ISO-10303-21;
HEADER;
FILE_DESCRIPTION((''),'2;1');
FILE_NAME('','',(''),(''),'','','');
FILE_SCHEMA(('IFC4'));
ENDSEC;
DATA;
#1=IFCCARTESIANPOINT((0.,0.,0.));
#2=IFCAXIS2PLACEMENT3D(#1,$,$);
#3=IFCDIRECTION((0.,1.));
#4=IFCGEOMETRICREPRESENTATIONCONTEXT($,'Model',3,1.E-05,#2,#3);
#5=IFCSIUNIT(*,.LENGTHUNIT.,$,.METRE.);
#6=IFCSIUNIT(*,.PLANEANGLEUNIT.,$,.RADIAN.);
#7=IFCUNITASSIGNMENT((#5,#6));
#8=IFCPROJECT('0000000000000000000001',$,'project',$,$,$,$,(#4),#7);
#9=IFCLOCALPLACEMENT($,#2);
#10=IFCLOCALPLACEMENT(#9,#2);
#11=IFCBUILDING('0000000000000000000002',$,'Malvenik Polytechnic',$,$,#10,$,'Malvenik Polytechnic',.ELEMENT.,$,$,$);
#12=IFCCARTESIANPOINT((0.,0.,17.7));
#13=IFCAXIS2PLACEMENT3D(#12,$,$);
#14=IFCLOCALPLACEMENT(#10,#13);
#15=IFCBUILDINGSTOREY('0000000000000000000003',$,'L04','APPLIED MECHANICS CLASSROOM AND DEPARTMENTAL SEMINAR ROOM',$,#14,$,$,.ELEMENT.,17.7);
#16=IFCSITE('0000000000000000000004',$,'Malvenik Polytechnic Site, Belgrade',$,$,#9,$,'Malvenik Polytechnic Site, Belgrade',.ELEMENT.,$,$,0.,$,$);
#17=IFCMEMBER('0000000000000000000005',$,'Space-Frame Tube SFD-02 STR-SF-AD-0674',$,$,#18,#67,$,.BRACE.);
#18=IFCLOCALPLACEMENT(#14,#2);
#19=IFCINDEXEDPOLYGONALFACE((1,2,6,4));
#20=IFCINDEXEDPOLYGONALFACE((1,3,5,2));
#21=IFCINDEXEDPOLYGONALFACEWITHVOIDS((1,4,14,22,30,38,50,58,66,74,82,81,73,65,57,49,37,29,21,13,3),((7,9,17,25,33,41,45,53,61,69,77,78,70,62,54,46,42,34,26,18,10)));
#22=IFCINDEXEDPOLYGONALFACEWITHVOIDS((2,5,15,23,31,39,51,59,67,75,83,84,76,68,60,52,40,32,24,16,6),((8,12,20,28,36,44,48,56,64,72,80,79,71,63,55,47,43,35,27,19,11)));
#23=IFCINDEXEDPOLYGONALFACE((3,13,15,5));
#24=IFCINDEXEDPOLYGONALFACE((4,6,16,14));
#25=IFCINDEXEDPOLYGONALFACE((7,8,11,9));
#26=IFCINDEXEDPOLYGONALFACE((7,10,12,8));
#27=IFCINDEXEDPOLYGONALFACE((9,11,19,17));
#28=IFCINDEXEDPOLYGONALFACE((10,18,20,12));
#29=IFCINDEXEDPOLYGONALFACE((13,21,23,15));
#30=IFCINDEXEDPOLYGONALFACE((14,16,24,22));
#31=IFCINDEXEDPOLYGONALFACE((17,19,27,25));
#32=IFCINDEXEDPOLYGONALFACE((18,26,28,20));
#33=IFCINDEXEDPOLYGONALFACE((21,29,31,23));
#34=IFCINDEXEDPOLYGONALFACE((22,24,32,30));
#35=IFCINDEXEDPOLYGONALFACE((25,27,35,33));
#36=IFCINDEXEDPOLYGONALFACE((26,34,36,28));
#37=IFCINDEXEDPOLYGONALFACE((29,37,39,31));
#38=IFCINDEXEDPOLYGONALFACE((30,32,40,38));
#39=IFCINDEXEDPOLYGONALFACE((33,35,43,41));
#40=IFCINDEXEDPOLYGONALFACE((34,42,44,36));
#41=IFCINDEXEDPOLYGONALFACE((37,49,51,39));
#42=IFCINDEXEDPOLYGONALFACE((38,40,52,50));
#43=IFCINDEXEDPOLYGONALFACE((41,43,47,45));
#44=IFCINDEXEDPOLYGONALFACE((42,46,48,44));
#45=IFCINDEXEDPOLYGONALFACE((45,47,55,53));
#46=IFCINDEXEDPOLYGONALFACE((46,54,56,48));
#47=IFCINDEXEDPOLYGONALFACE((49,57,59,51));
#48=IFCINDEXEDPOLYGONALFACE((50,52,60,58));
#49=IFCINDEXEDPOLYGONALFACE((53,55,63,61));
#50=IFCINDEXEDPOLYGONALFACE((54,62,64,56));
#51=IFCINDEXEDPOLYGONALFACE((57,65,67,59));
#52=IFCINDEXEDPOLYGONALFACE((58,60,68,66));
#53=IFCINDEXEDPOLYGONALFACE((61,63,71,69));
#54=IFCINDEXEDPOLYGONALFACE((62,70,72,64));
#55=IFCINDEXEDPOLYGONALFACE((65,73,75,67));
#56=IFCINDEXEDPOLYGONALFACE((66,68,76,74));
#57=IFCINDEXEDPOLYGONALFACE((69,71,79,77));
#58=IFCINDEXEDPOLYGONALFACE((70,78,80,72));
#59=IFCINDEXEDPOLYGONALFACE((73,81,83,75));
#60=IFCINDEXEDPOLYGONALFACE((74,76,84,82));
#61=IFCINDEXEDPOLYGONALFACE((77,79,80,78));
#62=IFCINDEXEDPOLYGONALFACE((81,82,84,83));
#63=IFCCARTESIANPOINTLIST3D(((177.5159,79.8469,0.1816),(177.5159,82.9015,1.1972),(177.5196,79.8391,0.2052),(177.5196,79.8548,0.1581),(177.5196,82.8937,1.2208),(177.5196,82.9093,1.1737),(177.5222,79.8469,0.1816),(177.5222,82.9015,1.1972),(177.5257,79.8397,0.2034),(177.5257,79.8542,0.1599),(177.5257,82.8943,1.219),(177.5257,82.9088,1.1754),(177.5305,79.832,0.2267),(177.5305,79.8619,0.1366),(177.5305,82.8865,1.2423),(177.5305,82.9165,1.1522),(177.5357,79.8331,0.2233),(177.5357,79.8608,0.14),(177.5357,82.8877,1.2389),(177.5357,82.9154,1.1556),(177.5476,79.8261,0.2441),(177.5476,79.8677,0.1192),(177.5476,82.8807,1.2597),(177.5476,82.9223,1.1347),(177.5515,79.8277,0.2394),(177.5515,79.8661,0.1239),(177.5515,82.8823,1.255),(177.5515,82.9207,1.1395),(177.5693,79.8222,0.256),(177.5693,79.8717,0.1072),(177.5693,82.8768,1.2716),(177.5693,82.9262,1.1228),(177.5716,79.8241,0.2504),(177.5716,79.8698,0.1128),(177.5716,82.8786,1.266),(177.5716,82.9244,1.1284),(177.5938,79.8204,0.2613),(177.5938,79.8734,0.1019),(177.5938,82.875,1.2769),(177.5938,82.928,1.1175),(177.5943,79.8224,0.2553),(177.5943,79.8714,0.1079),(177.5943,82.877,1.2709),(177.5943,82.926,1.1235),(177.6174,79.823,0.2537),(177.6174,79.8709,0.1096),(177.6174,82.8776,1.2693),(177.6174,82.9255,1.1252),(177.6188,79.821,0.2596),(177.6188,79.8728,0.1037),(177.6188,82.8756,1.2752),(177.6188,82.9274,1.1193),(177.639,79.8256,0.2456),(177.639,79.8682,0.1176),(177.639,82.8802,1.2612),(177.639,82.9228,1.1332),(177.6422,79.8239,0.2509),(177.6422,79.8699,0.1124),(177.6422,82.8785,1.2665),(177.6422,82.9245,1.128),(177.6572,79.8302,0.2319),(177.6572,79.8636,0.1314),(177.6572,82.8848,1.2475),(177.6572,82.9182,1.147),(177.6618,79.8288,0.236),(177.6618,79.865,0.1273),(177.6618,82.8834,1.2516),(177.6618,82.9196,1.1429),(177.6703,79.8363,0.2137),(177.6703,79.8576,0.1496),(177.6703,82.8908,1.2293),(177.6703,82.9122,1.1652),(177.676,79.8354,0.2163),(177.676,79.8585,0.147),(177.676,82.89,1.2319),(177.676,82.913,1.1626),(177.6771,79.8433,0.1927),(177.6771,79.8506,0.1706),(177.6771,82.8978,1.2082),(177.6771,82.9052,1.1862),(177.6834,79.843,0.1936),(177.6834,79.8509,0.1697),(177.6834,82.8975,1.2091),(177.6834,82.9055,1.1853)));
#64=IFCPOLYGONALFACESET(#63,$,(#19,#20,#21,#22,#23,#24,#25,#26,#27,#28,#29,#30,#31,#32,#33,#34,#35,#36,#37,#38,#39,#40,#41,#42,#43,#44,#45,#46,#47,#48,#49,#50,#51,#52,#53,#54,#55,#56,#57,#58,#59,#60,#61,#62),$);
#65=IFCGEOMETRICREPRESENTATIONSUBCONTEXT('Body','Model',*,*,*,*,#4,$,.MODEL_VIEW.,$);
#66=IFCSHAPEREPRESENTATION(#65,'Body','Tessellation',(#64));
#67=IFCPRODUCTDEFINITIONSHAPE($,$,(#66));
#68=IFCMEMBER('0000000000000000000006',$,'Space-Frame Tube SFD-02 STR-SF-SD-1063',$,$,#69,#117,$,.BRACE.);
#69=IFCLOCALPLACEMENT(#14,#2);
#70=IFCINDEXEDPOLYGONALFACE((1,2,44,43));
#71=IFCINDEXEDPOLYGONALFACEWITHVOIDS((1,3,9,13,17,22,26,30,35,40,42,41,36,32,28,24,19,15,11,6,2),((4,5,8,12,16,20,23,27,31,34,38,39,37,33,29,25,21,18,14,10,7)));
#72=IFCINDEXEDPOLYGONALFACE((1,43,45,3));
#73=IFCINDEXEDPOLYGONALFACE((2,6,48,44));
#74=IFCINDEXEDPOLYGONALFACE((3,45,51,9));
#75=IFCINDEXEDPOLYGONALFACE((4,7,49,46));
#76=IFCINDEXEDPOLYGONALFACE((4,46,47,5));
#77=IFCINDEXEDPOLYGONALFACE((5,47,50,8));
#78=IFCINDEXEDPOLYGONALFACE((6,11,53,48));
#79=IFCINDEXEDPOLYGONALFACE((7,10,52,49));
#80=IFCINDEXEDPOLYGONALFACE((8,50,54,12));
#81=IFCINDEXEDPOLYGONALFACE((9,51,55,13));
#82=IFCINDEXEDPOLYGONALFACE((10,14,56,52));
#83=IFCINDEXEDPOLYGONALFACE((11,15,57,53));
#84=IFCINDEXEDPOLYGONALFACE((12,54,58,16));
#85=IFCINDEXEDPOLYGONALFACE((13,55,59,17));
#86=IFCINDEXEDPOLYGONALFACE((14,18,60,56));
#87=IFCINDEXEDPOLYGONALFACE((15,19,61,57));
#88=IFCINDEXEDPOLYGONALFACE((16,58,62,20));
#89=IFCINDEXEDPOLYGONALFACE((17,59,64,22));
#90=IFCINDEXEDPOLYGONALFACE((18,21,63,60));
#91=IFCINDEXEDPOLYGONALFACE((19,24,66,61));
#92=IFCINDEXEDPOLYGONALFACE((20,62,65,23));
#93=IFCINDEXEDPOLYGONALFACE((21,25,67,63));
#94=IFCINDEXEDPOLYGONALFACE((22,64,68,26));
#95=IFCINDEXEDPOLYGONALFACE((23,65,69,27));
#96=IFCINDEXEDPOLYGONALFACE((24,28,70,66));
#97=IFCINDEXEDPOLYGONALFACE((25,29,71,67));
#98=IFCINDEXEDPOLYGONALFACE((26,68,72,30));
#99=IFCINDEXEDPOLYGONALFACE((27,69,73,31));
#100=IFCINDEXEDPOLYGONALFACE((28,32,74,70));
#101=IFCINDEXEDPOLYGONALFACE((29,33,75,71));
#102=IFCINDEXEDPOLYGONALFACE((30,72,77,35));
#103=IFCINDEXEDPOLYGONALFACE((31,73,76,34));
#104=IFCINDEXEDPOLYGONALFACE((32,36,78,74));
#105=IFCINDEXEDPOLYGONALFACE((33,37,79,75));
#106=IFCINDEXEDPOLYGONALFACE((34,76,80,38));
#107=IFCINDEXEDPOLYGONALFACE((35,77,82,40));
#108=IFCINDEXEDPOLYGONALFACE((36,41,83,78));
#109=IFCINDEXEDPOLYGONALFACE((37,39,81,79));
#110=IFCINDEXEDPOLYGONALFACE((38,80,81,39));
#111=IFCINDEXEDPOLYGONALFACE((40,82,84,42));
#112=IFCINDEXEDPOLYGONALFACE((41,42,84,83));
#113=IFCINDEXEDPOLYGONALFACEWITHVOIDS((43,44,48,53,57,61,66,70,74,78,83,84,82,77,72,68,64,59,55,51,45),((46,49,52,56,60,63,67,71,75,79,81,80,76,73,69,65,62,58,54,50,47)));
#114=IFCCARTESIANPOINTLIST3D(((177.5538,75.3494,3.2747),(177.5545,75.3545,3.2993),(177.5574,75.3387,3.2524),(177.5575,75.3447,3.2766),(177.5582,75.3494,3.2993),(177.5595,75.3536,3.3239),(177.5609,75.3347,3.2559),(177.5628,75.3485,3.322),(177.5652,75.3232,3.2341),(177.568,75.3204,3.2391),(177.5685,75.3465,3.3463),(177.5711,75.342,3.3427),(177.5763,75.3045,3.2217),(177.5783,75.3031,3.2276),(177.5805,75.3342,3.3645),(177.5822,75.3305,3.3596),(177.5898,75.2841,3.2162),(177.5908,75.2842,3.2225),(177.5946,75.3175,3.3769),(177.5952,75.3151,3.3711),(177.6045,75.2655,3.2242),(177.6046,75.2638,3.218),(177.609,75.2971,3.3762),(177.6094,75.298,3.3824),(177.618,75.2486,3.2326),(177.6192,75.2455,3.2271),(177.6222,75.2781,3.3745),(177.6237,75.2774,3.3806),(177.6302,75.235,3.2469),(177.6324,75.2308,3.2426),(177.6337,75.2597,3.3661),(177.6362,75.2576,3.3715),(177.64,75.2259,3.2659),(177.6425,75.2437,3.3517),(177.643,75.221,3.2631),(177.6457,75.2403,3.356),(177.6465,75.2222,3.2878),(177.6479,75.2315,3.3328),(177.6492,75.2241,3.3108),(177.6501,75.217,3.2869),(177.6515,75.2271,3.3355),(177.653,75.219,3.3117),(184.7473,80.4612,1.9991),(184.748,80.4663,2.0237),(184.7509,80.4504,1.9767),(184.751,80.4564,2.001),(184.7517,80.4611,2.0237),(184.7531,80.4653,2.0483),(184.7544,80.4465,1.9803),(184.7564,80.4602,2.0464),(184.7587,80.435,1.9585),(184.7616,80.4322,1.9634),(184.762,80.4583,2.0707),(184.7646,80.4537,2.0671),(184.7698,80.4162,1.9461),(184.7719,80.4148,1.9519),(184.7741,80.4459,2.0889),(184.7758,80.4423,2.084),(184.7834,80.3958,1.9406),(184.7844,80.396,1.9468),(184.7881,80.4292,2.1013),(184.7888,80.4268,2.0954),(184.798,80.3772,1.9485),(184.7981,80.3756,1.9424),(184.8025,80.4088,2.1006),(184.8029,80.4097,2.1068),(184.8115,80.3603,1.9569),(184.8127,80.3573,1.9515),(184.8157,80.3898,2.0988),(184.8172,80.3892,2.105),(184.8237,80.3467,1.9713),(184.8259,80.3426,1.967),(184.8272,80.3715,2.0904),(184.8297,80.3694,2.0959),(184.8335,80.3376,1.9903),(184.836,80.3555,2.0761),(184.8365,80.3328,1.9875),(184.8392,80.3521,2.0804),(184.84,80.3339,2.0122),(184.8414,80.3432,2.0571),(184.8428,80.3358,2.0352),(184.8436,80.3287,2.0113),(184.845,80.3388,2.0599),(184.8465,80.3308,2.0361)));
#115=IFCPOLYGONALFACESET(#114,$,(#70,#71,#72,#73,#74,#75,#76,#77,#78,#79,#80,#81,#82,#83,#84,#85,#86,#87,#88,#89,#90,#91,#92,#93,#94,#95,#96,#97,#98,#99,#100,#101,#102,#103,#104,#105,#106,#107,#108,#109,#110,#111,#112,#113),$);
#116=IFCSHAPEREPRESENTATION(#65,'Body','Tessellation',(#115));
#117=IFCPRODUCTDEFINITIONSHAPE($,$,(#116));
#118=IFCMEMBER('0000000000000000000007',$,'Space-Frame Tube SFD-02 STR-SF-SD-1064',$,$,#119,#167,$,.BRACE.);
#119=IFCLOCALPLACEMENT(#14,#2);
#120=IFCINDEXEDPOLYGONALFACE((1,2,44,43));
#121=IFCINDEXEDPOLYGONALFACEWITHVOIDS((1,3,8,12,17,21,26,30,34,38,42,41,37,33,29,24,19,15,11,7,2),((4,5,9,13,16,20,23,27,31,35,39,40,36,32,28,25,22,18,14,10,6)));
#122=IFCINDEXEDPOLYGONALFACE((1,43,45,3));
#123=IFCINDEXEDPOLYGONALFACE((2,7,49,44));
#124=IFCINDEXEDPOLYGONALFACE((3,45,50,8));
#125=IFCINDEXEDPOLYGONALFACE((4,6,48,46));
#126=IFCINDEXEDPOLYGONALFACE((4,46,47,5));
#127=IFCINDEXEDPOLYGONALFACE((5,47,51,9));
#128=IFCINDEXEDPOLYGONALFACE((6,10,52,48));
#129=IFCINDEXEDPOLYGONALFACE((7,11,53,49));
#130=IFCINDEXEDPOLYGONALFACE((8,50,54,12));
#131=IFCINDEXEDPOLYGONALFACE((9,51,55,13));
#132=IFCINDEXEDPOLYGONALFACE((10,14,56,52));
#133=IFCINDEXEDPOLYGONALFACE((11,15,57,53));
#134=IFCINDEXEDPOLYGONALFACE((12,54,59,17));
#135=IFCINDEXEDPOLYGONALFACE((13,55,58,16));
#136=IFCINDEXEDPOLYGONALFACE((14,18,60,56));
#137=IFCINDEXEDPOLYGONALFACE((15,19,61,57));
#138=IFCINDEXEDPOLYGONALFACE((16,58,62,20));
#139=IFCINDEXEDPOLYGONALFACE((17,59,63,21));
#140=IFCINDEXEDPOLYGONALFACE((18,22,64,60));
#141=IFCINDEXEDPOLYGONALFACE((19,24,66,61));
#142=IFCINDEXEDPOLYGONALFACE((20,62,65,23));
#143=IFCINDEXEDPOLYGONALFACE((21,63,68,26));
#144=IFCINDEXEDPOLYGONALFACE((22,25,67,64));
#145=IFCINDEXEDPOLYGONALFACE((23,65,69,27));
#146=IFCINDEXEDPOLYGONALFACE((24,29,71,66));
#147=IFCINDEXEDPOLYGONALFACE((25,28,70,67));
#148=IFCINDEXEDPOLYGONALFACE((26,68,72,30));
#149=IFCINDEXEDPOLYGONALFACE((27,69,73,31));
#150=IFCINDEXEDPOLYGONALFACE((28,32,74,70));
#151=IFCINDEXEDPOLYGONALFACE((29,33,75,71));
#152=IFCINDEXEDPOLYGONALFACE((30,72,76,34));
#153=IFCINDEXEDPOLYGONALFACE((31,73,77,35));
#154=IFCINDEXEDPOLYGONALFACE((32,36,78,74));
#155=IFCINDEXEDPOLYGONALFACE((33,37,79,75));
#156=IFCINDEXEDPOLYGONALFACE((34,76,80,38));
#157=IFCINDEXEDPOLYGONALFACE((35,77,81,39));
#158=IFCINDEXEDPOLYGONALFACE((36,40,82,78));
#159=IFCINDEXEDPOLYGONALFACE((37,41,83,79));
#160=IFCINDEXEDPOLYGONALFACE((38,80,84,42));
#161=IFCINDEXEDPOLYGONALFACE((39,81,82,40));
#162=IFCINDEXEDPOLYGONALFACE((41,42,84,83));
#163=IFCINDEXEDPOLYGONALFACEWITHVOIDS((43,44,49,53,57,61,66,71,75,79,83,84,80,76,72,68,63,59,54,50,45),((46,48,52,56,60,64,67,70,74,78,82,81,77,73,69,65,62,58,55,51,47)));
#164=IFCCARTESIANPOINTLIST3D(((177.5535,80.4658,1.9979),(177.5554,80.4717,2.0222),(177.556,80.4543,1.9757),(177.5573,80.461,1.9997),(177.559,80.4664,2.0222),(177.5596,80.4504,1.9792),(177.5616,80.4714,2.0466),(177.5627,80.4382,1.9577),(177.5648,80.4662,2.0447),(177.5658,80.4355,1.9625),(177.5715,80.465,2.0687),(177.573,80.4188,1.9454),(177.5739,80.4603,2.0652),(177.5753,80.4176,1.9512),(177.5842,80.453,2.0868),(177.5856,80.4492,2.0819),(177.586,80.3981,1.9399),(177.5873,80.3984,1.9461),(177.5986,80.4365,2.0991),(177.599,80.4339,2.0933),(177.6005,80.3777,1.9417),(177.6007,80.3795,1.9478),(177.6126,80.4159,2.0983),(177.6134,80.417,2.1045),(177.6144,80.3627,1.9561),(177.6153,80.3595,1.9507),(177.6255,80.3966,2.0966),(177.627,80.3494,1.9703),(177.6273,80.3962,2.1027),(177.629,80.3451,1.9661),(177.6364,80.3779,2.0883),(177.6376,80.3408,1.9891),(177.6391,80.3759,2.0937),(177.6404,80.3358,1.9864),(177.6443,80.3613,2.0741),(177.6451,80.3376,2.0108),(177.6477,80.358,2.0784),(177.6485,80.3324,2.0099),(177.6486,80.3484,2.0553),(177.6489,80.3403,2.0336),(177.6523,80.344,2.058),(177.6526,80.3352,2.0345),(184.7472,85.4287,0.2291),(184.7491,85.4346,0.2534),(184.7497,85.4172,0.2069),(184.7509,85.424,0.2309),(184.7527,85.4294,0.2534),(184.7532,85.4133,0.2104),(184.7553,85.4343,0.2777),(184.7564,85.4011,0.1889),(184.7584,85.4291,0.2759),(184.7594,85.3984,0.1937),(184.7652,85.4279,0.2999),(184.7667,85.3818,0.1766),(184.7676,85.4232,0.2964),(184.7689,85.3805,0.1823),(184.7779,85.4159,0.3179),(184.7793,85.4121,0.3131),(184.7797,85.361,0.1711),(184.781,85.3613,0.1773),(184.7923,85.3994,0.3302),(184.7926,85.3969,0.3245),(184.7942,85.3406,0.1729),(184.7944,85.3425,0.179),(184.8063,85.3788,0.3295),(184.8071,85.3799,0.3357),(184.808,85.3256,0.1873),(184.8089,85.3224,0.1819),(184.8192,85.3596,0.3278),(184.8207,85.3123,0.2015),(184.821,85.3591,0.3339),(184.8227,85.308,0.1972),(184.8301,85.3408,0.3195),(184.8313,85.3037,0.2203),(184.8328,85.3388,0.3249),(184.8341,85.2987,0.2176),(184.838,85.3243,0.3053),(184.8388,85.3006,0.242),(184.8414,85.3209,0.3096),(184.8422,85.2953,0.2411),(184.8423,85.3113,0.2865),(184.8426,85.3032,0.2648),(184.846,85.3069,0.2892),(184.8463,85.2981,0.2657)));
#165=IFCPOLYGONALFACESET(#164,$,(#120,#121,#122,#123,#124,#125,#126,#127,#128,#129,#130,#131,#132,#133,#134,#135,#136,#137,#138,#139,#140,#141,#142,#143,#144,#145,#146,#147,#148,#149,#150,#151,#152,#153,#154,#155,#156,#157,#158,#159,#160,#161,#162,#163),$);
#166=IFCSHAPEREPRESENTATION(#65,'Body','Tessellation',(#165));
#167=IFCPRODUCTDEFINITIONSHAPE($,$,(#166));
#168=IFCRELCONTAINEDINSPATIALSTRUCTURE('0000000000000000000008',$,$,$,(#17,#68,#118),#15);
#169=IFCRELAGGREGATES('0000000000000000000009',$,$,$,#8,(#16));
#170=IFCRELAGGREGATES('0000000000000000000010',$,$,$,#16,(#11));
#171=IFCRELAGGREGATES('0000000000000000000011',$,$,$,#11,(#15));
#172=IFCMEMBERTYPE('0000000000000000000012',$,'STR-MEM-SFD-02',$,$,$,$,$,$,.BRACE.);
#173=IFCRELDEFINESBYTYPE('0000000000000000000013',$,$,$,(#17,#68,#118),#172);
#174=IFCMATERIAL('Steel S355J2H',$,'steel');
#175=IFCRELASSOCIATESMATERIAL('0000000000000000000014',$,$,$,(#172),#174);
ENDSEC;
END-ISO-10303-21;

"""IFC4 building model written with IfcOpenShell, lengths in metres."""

from ifc_helpers import new_model, si_unit, direction, frame, origin, origin_2d, place, context, subcontext, project, spatial, hollow_circle, extrude, material, material_profile, profile_set, type_object, element, save


model = new_model("IFC4")

# Units and contexts
model_context = context("Model", 3, precision=1e-05, world=origin(), true_north=direction((0.0, 1.0)))
body_context = subcontext(model_context, "Body", "Model", "MODEL_VIEW")
ifc_project = project(units=[si_unit("LENGTHUNIT", "METRE"), si_unit("PLANEANGLEUNIT", "RADIAN")], contexts=[model_context])

# Site, building, storey
site_placement = place(None, origin())
site = spatial("IfcSite", under=ifc_project, at=site_placement, Name="Malvenik Polytechnic Site, Belgrade", LongName="Malvenik Polytechnic Site, Belgrade", CompositionType="ELEMENT", RefElevation=0.0)
building_placement = place(site_placement, origin())
building = spatial("IfcBuilding", under=site, at=building_placement, Name="Malvenik Polytechnic", LongName="Malvenik Polytechnic", CompositionType="ELEMENT")
storey_placement = place(building_placement, frame((0.0, 0.0, 17.7)))
storey = spatial("IfcBuildingStorey", under=building, at=storey_placement, Name="L04", Description="APPLIED MECHANICS CLASSROOM AND DEPARTMENTAL SEMINAR ROOM", CompositionType="ELEMENT", Elevation=17.7)

# Members
ifc_material = material(Name="Steel S355J2H", Category="steel")
ifc_material_profile_1 = material_profile(ifc_material, hollow_circle(Radius=0.0842, WallThickness=0.0063, at=origin_2d()), Name="CHS 168.3x6.3")
ifc_profile_set_1 = profile_set([ifc_material_profile_1], Name="Steel S355J2H")
member_type_1 = type_object("IfcMemberType", Name="STR-MEM-SFD-02", PredefinedType="BRACE", material=ifc_profile_set_1)
for number, where, z_axis, x_axis, name in (
    (1, (177.6001, 79.8469, 0.1816), (0.0, 0.948926, 0.3155), (-1.0, 0.0, 0.0), "Space-Frame Tube SFD-02 STR-SF-AD-0674"),
):
    element("IfcMember", number, at=place(storey_placement, frame(where, z_axis=z_axis, x_axis=x_axis)), inside=storey, type_object=member_type_1, Name=name, PredefinedType="BRACE", context=body_context, shape_type="SweptSolid", body=[
        extrude(hollow_circle(Radius=0.0842, WallThickness=0.0063, at=origin_2d()), origin(), (0.0, 0.0, 1.0), 3.219),
    ])
member_1_placement = place(storey_placement, frame((177.6033, 75.2859, 3.2993), z_axis=(0.806765, 0.573292, -0.143063), x_axis=(-0.57925, 0.81515, 0.0)))
element("IfcMember", 2, at=member_1_placement, inside=storey, type_object=member_type_1, Name="Space-Frame Tube SFD-02 STR-SF-SD-1063", PredefinedType="BRACE", context=body_context, shape_type="SweptSolid", body=[
    extrude(hollow_circle(Radius=0.0842, WallThickness=0.0063, at=origin_2d()), origin(), (0.0, 0.0, 1.0), 8.9165),
])
member_2_placement = place(storey_placement, frame((177.6033, 80.4023, 2.0222), z_axis=(0.80676, 0.556586, -0.19837), x_axis=(-0.567871, 0.823117, 0.0)))
element("IfcMember", 3, at=member_2_placement, inside=storey, type_object=member_type_1, Name="Space-Frame Tube SFD-02 STR-SF-SD-1064", PredefinedType="BRACE", context=body_context, shape_type="SweptSolid", body=[
    extrude(hollow_circle(Radius=0.0842, WallThickness=0.0063, at=origin_2d()), origin(), (0.0, 0.0, 1.0), 8.9167),
])

save(model, "model.ifc")
